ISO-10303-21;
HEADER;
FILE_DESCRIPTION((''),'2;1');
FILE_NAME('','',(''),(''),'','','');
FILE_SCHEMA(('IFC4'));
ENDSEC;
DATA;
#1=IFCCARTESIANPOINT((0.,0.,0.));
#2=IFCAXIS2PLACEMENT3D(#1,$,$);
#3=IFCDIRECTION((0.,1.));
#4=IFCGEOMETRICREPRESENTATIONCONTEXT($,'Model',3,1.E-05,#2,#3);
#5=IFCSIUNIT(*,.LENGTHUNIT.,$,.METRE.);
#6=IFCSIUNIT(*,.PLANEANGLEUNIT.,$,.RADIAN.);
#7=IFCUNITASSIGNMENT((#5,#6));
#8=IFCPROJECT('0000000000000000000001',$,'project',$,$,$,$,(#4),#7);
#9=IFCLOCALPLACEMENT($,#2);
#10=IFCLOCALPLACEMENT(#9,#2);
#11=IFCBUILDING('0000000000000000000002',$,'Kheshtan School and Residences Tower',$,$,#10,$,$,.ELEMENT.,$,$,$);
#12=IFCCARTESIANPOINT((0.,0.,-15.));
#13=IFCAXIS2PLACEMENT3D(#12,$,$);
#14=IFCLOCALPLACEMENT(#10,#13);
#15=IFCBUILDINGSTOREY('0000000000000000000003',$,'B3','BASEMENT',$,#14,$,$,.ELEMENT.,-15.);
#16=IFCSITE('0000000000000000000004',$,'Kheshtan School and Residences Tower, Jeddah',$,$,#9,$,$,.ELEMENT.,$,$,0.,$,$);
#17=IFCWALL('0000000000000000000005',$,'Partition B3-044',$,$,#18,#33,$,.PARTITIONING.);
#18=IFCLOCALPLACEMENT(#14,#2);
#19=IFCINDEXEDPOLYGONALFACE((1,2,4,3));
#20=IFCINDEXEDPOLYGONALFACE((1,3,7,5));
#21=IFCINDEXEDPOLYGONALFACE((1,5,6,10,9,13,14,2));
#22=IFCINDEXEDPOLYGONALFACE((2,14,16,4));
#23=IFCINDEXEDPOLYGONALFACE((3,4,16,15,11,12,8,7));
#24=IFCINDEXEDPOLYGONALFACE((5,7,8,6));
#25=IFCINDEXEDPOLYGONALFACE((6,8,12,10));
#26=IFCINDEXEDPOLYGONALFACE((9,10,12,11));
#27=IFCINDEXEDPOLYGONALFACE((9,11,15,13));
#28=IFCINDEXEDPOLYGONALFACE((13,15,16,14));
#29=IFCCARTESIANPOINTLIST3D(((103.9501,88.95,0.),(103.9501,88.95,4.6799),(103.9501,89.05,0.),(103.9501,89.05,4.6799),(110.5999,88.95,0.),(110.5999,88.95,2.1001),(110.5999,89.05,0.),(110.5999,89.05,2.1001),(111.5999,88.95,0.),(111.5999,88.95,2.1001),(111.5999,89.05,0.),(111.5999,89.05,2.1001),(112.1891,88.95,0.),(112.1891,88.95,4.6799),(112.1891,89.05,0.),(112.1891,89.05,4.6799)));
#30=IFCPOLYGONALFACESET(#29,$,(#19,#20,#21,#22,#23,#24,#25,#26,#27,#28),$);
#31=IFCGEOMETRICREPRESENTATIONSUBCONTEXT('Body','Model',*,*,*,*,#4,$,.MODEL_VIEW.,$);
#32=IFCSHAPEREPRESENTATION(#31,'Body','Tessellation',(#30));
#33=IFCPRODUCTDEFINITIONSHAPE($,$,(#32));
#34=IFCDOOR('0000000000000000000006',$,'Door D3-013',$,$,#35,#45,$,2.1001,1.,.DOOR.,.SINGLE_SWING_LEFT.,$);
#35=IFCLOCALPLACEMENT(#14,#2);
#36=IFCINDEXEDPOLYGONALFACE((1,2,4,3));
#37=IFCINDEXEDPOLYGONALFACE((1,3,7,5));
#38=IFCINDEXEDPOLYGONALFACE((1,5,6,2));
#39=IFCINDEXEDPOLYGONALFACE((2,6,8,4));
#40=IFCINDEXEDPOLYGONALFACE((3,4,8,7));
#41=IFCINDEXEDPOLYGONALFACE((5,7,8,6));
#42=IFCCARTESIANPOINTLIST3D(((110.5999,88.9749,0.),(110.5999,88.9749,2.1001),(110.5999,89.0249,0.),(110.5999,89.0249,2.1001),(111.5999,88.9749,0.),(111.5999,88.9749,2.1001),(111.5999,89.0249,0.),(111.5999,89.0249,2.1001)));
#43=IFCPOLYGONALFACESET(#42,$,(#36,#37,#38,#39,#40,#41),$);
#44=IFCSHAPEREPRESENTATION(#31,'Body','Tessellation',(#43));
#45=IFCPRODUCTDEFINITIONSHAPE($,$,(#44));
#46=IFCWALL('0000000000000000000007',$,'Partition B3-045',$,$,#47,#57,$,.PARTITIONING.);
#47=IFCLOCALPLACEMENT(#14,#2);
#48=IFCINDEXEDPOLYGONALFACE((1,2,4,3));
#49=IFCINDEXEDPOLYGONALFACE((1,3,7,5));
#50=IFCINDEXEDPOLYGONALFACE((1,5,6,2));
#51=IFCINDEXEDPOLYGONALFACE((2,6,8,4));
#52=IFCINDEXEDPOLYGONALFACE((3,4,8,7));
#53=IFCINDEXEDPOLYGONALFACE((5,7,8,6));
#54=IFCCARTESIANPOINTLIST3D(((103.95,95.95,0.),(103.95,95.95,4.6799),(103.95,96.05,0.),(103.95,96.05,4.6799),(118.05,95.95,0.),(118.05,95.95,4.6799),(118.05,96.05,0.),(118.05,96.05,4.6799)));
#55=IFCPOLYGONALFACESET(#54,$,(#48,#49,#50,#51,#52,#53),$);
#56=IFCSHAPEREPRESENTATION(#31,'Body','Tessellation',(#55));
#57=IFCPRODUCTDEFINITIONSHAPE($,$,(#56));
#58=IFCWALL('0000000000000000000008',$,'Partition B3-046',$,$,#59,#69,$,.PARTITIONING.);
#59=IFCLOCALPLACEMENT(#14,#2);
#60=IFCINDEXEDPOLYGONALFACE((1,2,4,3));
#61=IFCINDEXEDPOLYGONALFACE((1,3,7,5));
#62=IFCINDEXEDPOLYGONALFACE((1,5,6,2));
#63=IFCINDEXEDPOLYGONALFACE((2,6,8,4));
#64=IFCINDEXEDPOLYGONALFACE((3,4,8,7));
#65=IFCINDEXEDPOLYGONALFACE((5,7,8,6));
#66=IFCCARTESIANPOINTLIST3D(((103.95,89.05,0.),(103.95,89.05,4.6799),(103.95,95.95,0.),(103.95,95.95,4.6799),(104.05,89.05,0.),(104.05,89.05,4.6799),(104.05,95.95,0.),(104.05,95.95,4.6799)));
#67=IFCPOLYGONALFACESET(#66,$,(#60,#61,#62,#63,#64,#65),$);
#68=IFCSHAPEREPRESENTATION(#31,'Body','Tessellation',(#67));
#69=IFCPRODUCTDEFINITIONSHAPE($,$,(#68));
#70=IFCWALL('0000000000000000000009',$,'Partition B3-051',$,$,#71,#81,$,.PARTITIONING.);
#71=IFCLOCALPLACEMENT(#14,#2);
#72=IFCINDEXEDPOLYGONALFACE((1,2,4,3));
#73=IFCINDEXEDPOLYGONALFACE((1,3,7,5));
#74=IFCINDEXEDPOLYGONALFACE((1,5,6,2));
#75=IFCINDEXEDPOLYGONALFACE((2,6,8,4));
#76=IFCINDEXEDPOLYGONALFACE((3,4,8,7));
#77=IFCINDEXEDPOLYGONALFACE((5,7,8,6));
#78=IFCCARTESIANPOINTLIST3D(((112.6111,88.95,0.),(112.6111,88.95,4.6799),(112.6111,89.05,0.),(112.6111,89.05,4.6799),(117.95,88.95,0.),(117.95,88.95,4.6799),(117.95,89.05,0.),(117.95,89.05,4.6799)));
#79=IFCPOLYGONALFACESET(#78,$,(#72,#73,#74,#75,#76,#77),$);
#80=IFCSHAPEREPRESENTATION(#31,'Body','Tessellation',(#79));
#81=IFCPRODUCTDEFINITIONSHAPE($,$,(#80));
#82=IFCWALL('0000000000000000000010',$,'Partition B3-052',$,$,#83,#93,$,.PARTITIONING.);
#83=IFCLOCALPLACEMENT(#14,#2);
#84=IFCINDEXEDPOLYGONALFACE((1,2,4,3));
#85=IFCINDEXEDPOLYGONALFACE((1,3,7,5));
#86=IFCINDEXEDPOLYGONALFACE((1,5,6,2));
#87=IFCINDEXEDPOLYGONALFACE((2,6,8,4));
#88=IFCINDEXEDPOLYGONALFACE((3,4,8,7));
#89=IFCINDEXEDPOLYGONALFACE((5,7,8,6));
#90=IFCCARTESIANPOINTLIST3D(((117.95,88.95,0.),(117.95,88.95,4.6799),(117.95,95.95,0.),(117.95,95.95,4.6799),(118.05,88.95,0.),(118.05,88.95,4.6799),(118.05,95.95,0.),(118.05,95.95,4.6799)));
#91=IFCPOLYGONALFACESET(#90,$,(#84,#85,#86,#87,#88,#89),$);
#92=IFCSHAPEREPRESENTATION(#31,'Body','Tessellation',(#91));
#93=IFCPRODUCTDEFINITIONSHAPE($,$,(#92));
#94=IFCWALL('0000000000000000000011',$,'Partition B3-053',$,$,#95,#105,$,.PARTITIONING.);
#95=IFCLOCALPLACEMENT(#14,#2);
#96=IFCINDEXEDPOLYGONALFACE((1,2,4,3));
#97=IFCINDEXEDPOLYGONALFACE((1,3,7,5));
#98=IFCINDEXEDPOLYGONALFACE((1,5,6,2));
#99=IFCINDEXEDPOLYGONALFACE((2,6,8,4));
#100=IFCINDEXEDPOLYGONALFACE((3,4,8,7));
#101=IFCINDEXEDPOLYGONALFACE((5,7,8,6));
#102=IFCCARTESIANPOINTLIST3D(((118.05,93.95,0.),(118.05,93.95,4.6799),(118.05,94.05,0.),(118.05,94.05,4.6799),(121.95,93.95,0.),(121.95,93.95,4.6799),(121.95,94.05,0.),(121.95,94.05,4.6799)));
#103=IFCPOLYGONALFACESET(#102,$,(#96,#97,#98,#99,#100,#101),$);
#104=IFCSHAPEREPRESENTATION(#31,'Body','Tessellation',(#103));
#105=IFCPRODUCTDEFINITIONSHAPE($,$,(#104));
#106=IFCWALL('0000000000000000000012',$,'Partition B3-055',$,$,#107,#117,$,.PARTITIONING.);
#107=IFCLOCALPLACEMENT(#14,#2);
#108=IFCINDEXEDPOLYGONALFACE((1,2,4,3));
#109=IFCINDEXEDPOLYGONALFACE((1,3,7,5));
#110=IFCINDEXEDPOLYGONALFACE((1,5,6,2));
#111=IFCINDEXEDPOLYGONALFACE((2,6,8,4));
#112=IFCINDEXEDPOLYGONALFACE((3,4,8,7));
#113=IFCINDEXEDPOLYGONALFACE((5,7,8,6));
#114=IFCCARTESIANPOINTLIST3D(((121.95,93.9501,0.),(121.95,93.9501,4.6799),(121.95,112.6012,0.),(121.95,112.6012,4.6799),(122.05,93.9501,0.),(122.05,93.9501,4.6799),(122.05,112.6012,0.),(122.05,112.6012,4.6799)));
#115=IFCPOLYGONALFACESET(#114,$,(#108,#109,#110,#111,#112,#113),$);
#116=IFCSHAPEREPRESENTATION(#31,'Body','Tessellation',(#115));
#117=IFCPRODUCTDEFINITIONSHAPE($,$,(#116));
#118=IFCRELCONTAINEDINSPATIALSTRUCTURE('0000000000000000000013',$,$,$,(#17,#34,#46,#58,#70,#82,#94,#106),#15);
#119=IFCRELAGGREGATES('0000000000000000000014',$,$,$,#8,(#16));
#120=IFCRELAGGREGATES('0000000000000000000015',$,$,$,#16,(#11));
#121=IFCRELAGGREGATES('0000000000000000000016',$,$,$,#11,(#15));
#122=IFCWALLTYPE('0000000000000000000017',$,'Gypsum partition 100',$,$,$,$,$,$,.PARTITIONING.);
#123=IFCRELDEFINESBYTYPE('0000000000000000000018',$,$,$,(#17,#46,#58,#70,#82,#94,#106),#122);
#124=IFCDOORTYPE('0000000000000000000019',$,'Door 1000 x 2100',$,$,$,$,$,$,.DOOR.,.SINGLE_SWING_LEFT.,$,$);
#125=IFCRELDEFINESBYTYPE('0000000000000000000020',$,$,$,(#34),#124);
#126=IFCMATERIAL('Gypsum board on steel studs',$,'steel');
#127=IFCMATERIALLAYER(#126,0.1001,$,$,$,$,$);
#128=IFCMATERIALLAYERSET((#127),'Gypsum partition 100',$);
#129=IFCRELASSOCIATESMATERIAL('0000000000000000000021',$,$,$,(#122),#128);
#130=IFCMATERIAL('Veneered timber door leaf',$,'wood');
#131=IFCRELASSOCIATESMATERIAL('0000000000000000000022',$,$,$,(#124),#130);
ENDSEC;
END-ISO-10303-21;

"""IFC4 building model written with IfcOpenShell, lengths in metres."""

from ifc_helpers import new_model, si_unit, direction, frame, frame_2d, origin, place, context, subcontext, project, spatial, rectangle, extrude, source, transform, mapped, material, layer, layer_set, type_object, element, fill, save


model = new_model("IFC4")

# Units and contexts
model_context = context("Model", 3, precision=1e-05, world=origin(), true_north=direction((0.0, 1.0)))
body_context = subcontext(model_context, "Body", "Model", "MODEL_VIEW")
ifc_project = project(units=[si_unit("LENGTHUNIT", "METRE"), si_unit("PLANEANGLEUNIT", "RADIAN")], contexts=[model_context])

# Site, building, storey
site_placement = place(None, origin())
site = spatial("IfcSite", under=ifc_project, at=site_placement, Name="Kheshtan School and Residences Tower, Jeddah", CompositionType="ELEMENT", RefElevation=0.0)
building_placement = place(site_placement, origin())
building = spatial("IfcBuilding", under=site, at=building_placement, Name="Kheshtan School and Residences Tower", CompositionType="ELEMENT")
storey_placement = place(building_placement, frame((0.0, 0.0, -15.0)))
storey = spatial("IfcBuildingStorey", under=building, at=storey_placement, Name="B3", Description="BASEMENT", CompositionType="ELEMENT", Elevation=-15.0)

# Wall, opening, door
ifc_material_1 = material(Name="Gypsum board on steel studs", Category="steel")
ifc_layer = layer(ifc_material_1, 0.1001)
ifc_layer_set = layer_set([ifc_layer], Name="Gypsum partition 100")
wall_type = type_object("IfcWallType", Name="Gypsum partition 100", PredefinedType="PARTITIONING", material=ifc_layer_set)
wall_1_placement = place(storey_placement, frame((103.95, 89.0, 0.0), z_axis=(0.0, 0.0, 1.0), x_axis=(1.0, 0.0, 0.0)))
wall_1 = element("IfcWall", 1, at=wall_1_placement, inside=storey, type_object=wall_type, Name="Partition B3-044", PredefinedType="PARTITIONING", context=body_context, shape_type="SweptSolid", body=[
    extrude(rectangle(XDim=8.239, YDim=0.1001, at=frame_2d((4.1196, 0.0))), origin(), (0.0, 0.0, 1.0), 4.6799),
])
opening_placement = place(wall_1_placement, frame((6.6499, 0.0, 0.0)))
opening = element("IfcOpeningElement", 2, at=opening_placement, cuts=wall_1, PredefinedType="OPENING", context=body_context, shape_type="SweptSolid", body=[
    extrude(rectangle(XDim=1.0, YDim=2.1001, at=frame_2d((0.5, 1.05))), frame((0.0, 0.0601, 0.0), z_axis=(0.0, -1.0, 0.0), x_axis=(1.0, 0.0, 0.0)), (0.0, 0.0, 1.0), 0.1201),
])
ifc_material_2 = material(Name="Veneered timber door leaf", Category="wood")
door_type = type_object("IfcDoorType", Name="Door 1000 x 2100", OperationType="SINGLE_SWING_LEFT", PredefinedType="DOOR", material=ifc_material_2)
shared_shape = source(origin(), body_context, "Body", "SweptSolid", [
    extrude(rectangle(XDim=1.0, YDim=2.1001, at=frame_2d((0.5, 1.05))), frame((0.0, 0.0249, 0.0), z_axis=(0.0, -1.0, 0.0), x_axis=(1.0, 0.0, 0.0)), (0.0, 0.0, 1.0), 0.05),
])
door_placement = place(opening_placement, origin())
door = element("IfcDoor", 3, at=door_placement, inside=storey, type_object=door_type, Name="Door D3-013", OperationType="SINGLE_SWING_LEFT", OverallHeight=2.1001, OverallWidth=1.0, PredefinedType="DOOR", context=body_context, shape_type="MappedRepresentation", body=[
    mapped(shared_shape, transform((0.0, 0.0, 0.0), x_axis=(1.0, 0.0, 0.0), y_axis=(0.0, 1.0, 0.0), z_axis=(0.0, 0.0, 1.0), scale=1.0)),
])
fill(opening, door)

# Walls
wall_2_placement = place(storey_placement, frame((103.95, 96.0, 0.0), z_axis=(0.0, 0.0, 1.0), x_axis=(1.0, 0.0, 0.0)))
element("IfcWall", 4, at=wall_2_placement, inside=storey, type_object=wall_type, Name="Partition B3-045", PredefinedType="PARTITIONING", context=body_context, shape_type="SweptSolid", body=[
    extrude(rectangle(XDim=14.1001, YDim=0.1001, at=frame_2d((7.05, 0.0))), origin(), (0.0, 0.0, 1.0), 4.6799),
])
wall_3_placement = place(storey_placement, frame((104.0, 89.05, 0.0), z_axis=(0.0, 0.0, 1.0), x_axis=(0.0, 1.0, 0.0)))
element("IfcWall", 5, at=wall_3_placement, inside=storey, type_object=wall_type, Name="Partition B3-046", PredefinedType="PARTITIONING", context=body_context, shape_type="SweptSolid", body=[
    extrude(rectangle(XDim=6.8999, YDim=0.1001, at=frame_2d((3.45, 0.0))), origin(), (0.0, 0.0, 1.0), 4.6799),
])
wall_4_placement = place(storey_placement, frame((112.6111, 89.0, 0.0), z_axis=(0.0, 0.0, 1.0), x_axis=(1.0, 0.0, 0.0)))
element("IfcWall", 6, at=wall_4_placement, inside=storey, type_object=wall_type, Name="Partition B3-051", PredefinedType="PARTITIONING", context=body_context, shape_type="SweptSolid", body=[
    extrude(rectangle(XDim=5.3389, YDim=0.1001, at=frame_2d((2.6694, 0.0))), origin(), (0.0, 0.0, 1.0), 4.6799),
])
wall_5_placement = place(storey_placement, frame((118.0, 88.95, 0.0), z_axis=(0.0, 0.0, 1.0), x_axis=(0.0, 1.0, 0.0)))
element("IfcWall", 7, at=wall_5_placement, inside=storey, type_object=wall_type, Name="Partition B3-052", PredefinedType="PARTITIONING", context=body_context, shape_type="SweptSolid", body=[
    extrude(rectangle(XDim=7.0, YDim=0.1001, at=frame_2d((3.5, 0.0))), origin(), (0.0, 0.0, 1.0), 4.6799),
])
wall_6_placement = place(storey_placement, frame((118.05, 94.0, 0.0), z_axis=(0.0, 0.0, 1.0), x_axis=(1.0, 0.0, 0.0)))
element("IfcWall", 8, at=wall_6_placement, inside=storey, type_object=wall_type, Name="Partition B3-053", PredefinedType="PARTITIONING", context=body_context, shape_type="SweptSolid", body=[
    extrude(rectangle(XDim=3.8999, YDim=0.1001, at=frame_2d((1.95, 0.0))), origin(), (0.0, 0.0, 1.0), 4.6799),
])
wall_7_placement = place(storey_placement, frame((122.0, 93.95, 0.0), z_axis=(0.0, 0.0, 1.0), x_axis=(0.0, 1.0, 0.0)))
element("IfcWall", 9, at=wall_7_placement, inside=storey, type_object=wall_type, Name="Partition B3-055", PredefinedType="PARTITIONING", context=body_context, shape_type="SweptSolid", body=[
    extrude(rectangle(XDim=18.6511, YDim=0.1001, at=frame_2d((9.3257, 0.0))), origin(), (0.0, 0.0, 1.0), 4.6799),
])

save(model, "model.ifc")
